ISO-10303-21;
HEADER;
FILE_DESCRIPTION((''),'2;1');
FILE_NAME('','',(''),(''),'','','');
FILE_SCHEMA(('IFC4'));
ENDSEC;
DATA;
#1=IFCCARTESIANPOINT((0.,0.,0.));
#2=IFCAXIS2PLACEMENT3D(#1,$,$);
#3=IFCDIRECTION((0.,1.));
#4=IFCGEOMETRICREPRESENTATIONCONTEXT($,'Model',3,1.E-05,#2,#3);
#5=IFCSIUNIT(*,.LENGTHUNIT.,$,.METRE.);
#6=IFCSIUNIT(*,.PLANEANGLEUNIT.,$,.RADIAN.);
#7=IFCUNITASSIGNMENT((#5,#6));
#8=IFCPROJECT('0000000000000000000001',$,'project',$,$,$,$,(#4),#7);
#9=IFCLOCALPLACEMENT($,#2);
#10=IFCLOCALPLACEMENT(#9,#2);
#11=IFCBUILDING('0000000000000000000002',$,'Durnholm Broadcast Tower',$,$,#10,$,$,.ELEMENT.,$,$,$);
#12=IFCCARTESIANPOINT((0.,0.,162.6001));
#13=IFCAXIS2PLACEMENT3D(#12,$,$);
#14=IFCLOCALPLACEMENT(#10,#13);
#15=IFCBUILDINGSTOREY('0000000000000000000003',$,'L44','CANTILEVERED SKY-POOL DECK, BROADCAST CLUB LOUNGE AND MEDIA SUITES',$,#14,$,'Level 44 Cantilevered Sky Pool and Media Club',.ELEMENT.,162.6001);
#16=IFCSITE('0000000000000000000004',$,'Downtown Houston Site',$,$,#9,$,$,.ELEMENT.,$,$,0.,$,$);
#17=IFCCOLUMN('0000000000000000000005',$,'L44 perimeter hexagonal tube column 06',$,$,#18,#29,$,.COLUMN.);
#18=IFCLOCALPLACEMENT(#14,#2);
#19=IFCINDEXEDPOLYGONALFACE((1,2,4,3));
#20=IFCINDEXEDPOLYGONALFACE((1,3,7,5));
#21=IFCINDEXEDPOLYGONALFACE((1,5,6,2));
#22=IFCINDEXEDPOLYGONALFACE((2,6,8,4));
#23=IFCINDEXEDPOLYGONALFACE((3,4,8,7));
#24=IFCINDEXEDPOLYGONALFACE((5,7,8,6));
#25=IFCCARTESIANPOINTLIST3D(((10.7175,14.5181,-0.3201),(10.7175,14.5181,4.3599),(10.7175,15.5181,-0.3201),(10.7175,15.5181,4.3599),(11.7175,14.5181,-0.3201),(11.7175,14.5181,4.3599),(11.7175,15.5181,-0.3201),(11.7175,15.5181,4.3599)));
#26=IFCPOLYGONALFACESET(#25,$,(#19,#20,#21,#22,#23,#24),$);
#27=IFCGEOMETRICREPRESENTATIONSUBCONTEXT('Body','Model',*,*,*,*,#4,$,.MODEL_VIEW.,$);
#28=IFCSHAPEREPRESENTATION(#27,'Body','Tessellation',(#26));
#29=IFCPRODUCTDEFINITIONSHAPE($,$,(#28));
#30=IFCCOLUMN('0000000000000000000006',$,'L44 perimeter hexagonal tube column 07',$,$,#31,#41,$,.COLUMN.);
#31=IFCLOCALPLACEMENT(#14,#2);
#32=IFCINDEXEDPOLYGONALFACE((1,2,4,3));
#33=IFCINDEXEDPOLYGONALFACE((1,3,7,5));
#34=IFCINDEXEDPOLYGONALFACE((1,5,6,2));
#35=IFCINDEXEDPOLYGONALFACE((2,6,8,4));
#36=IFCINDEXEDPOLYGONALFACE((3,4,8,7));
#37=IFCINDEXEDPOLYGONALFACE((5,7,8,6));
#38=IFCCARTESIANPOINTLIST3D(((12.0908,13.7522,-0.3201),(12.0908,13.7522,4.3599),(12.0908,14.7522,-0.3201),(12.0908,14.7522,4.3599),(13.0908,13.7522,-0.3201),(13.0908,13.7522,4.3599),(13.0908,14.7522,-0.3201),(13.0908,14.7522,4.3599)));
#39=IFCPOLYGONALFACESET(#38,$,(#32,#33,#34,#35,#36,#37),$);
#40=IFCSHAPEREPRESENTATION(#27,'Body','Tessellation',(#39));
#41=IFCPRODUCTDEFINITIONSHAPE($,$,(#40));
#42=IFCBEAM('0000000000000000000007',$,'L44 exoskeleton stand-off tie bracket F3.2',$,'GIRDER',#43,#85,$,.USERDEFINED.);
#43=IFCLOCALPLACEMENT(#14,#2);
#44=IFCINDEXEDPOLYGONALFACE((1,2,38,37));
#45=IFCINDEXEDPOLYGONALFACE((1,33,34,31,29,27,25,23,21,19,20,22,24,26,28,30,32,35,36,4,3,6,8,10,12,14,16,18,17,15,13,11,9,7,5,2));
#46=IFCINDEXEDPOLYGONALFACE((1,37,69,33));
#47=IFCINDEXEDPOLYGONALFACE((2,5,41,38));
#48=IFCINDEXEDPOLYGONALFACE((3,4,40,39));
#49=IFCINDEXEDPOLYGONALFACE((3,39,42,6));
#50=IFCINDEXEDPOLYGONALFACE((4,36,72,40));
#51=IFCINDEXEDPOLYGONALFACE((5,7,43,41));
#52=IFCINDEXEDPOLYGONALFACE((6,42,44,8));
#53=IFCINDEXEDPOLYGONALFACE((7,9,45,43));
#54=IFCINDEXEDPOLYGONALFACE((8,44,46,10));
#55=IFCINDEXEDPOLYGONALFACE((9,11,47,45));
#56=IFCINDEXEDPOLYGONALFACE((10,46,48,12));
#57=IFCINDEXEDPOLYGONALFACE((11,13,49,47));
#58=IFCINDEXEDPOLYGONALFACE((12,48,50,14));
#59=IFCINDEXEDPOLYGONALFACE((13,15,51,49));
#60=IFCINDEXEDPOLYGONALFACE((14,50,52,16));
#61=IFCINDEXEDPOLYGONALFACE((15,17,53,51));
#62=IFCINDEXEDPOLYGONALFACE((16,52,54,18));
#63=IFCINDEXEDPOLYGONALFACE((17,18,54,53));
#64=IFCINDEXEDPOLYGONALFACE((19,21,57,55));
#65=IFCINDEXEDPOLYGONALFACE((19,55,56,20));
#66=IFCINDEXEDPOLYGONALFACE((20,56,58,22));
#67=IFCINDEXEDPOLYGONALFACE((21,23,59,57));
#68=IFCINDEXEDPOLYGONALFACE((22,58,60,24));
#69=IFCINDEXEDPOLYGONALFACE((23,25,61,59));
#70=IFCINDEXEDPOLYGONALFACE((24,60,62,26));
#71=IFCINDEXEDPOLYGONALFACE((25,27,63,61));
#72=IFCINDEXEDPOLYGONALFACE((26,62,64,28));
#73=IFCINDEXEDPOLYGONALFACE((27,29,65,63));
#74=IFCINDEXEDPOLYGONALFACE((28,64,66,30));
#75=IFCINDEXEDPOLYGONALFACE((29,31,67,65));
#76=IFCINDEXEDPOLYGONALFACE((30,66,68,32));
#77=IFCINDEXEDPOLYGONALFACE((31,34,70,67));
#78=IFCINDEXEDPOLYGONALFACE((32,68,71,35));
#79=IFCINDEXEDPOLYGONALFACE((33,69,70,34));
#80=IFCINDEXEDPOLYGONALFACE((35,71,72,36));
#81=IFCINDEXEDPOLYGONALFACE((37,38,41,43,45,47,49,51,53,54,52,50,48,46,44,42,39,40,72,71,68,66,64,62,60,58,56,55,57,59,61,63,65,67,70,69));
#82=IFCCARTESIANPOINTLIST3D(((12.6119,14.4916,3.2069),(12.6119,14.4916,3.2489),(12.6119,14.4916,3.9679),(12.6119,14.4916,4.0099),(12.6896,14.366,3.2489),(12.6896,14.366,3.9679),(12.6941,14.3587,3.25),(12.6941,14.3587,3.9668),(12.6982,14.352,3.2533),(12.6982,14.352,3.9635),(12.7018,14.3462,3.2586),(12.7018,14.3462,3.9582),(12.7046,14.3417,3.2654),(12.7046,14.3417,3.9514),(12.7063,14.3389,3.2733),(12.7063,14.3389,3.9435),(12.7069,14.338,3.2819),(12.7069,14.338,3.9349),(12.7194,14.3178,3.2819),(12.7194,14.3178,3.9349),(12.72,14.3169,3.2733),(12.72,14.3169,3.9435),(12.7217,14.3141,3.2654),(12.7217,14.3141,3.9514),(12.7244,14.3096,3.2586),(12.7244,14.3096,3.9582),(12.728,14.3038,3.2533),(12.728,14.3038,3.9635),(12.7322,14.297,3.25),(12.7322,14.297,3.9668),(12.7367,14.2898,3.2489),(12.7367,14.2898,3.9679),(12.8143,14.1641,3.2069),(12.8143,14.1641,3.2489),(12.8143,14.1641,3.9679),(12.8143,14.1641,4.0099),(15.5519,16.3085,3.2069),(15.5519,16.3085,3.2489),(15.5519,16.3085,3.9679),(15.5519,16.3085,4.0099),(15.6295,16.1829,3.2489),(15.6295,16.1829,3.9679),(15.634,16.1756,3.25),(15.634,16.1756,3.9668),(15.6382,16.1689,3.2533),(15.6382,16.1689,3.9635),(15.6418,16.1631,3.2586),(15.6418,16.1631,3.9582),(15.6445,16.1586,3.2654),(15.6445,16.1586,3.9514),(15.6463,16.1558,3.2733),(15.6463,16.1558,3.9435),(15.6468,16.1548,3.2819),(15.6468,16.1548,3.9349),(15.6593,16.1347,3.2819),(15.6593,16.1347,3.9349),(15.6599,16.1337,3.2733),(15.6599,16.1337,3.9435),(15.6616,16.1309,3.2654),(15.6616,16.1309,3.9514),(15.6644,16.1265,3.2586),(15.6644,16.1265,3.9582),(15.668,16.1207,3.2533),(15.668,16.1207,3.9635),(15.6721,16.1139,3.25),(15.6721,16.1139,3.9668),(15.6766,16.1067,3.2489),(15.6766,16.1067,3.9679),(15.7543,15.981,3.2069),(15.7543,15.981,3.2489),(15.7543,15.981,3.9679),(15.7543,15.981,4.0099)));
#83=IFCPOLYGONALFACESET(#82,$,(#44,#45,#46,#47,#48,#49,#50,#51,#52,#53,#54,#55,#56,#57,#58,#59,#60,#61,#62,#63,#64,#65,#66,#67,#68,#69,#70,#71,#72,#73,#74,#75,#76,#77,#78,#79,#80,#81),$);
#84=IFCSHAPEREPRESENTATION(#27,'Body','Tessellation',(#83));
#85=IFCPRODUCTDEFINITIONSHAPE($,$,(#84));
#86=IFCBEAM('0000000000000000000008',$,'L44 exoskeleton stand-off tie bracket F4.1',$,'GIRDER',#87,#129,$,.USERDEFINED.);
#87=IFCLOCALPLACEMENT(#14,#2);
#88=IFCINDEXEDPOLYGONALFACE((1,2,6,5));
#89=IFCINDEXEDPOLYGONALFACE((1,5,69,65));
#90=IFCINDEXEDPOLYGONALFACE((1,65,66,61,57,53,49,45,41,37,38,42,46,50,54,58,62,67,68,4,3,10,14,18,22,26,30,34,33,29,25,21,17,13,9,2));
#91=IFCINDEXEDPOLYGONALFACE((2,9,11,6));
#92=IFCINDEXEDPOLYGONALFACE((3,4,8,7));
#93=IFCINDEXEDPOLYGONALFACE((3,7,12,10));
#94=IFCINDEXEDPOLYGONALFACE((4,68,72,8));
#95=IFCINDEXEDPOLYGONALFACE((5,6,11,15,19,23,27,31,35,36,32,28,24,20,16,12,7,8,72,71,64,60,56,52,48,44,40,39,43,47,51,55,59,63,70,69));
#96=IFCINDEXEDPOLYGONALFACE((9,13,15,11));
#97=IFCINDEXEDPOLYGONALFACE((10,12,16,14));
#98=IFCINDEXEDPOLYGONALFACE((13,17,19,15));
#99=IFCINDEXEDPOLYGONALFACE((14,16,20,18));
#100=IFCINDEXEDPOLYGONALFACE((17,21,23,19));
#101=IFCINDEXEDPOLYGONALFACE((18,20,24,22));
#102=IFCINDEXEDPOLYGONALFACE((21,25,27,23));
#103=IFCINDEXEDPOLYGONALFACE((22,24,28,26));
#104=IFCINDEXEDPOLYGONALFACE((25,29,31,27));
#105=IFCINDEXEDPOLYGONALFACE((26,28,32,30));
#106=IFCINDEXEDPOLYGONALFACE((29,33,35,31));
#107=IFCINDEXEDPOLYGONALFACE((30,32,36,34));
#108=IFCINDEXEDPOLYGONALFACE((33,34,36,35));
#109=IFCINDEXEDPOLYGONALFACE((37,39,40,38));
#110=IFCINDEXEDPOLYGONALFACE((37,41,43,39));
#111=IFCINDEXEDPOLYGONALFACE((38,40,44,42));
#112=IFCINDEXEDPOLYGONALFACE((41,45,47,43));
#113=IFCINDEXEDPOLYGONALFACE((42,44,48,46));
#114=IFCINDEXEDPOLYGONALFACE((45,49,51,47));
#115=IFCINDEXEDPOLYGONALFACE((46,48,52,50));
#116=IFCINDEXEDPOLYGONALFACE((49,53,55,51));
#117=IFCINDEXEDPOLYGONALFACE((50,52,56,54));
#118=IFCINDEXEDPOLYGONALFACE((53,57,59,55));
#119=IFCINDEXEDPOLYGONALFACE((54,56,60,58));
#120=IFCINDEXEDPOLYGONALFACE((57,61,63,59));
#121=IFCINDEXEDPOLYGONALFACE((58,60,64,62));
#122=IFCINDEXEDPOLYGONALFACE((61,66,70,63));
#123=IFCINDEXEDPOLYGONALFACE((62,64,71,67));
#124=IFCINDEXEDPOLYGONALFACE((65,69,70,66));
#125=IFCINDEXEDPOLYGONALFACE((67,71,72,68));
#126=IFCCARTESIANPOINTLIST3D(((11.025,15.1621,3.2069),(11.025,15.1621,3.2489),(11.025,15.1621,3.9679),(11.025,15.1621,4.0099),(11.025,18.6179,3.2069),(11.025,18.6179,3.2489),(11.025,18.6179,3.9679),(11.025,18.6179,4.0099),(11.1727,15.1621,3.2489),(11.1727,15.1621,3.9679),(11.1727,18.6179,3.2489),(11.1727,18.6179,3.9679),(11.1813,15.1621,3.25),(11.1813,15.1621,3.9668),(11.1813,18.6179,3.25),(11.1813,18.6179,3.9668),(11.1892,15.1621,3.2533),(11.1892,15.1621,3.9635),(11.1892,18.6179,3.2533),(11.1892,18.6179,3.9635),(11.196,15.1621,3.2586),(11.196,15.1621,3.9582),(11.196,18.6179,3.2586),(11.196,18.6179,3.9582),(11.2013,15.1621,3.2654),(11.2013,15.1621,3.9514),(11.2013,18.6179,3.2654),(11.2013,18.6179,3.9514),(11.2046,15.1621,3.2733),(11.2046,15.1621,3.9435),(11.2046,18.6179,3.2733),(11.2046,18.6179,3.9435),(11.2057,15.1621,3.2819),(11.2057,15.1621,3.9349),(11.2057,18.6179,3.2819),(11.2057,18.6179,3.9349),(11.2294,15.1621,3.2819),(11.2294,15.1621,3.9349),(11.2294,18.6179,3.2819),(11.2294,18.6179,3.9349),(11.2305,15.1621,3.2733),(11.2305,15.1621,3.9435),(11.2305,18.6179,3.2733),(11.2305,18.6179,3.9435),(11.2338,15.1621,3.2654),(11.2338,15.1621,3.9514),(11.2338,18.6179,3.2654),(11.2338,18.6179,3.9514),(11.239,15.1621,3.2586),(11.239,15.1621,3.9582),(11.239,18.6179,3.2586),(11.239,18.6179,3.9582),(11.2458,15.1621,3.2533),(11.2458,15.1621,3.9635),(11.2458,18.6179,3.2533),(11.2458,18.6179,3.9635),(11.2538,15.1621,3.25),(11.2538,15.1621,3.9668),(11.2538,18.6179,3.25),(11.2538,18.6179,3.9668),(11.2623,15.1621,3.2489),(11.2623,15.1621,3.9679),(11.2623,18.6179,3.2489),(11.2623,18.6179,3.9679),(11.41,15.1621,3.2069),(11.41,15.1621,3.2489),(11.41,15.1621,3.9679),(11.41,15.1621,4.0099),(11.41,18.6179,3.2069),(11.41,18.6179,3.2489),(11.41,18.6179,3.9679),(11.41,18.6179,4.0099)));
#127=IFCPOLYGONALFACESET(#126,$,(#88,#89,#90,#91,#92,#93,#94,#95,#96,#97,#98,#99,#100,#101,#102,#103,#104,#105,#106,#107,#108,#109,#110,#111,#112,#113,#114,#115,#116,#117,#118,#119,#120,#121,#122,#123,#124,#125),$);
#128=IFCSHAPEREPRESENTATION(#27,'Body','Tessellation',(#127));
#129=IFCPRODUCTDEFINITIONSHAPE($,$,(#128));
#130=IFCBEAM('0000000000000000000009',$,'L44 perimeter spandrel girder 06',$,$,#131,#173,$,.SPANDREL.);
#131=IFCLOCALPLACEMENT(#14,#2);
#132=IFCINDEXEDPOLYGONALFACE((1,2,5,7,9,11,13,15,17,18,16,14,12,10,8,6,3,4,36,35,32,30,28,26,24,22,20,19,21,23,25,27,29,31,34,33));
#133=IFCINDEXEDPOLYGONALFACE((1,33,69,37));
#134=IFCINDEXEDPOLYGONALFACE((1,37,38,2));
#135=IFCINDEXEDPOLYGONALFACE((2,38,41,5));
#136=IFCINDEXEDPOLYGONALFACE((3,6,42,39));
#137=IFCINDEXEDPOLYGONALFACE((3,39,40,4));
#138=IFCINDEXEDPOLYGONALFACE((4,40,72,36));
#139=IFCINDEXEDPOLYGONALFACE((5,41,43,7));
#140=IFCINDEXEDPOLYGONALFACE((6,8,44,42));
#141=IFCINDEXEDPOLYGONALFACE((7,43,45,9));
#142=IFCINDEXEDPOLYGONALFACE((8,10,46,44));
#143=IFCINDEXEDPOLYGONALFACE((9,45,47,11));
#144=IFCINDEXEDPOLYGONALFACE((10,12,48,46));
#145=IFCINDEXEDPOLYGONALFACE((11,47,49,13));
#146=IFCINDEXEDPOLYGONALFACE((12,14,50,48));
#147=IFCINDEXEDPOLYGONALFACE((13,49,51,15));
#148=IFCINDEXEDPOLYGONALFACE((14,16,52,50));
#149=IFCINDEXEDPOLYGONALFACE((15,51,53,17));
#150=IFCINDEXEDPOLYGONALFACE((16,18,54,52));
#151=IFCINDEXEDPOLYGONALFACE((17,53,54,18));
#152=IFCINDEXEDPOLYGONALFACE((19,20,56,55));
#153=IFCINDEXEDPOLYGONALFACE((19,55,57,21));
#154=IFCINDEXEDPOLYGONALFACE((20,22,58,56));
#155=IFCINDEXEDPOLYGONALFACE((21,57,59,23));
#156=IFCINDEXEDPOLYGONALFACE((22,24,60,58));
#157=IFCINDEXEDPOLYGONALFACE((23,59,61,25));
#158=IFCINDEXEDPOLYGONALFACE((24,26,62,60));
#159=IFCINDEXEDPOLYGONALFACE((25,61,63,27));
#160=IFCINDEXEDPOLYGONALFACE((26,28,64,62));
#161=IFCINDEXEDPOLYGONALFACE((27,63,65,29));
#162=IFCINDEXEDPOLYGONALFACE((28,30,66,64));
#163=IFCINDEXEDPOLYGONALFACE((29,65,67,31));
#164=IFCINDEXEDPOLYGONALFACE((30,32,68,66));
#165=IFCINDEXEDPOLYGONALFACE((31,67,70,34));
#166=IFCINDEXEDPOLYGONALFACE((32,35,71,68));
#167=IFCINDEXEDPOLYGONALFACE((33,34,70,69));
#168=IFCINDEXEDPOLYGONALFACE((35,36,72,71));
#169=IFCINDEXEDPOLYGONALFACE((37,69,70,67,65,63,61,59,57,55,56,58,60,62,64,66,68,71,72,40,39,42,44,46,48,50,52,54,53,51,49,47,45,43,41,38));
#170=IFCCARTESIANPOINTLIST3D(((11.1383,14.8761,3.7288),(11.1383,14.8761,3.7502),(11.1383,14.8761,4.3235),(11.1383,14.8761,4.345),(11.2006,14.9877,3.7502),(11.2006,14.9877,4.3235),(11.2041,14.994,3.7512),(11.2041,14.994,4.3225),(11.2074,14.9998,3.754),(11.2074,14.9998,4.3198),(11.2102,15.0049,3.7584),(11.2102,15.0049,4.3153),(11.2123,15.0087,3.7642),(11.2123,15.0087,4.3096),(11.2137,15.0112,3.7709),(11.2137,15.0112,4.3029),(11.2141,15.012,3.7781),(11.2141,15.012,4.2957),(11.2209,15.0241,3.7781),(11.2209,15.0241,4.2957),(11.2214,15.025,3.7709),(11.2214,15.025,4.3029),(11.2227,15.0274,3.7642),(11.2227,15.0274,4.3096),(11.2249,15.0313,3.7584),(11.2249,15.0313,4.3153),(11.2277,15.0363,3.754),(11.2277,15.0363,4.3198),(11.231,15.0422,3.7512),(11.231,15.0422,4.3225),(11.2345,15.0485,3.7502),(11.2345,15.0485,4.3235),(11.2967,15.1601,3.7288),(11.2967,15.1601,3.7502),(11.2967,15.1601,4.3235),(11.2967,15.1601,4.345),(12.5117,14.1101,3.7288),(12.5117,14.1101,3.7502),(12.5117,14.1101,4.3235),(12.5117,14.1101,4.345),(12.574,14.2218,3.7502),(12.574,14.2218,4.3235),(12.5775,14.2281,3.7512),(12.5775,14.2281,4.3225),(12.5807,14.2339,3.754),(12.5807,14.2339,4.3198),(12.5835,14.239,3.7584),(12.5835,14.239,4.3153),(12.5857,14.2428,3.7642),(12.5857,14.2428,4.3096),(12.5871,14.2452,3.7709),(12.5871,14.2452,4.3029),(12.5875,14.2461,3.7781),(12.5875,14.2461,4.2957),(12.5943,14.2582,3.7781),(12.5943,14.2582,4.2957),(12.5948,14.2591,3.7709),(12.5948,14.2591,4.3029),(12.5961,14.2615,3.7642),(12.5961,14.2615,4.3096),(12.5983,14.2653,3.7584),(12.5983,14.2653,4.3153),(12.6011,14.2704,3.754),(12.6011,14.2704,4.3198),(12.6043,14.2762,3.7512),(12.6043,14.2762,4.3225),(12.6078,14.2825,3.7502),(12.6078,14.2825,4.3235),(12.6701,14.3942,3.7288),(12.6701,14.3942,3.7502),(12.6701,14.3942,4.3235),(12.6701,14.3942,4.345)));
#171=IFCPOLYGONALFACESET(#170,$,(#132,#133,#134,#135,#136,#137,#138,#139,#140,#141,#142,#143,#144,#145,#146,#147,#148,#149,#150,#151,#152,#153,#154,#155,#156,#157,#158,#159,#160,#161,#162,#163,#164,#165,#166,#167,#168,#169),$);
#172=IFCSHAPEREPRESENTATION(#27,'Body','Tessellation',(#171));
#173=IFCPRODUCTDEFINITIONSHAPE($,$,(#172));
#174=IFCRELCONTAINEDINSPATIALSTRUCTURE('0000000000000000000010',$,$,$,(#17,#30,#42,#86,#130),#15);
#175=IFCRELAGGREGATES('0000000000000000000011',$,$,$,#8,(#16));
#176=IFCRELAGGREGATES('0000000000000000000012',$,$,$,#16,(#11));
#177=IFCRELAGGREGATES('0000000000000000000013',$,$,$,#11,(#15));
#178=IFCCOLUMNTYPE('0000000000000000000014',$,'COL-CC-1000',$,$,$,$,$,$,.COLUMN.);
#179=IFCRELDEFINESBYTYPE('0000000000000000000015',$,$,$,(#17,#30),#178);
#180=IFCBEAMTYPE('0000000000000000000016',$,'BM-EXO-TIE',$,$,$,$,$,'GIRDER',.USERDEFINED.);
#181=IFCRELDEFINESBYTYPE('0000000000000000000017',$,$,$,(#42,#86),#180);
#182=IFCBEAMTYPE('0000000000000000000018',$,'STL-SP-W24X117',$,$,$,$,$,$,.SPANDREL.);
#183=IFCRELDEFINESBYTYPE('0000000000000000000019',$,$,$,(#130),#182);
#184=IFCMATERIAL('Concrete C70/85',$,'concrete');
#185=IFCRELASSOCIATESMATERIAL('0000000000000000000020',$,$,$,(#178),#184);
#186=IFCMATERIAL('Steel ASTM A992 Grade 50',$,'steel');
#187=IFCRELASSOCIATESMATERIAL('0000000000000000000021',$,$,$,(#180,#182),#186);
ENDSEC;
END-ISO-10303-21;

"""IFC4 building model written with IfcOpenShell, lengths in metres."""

from ifc_helpers import new_model, si_unit, direction, frame, origin, origin_2d, place, context, subcontext, project, spatial, rectangle, i_section, extrude, source, transform, mapped, material, material_profile, profile_set, type_object, type_shapes, element, save


model = new_model("IFC4")

# Units and contexts
model_context = context("Model", 3, precision=1e-05, world=origin(), true_north=direction((0.0, 1.0)))
body_context = subcontext(model_context, "Body", "Model", "MODEL_VIEW")
ifc_project = project(units=[si_unit("LENGTHUNIT", "METRE"), si_unit("PLANEANGLEUNIT", "RADIAN")], contexts=[model_context])

# Site, building, storey
site_placement = place(None, origin())
site = spatial("IfcSite", under=ifc_project, at=site_placement, Name="Downtown Houston Site", CompositionType="ELEMENT", RefElevation=0.0)
building_placement = place(site_placement, origin())
building = spatial("IfcBuilding", under=site, at=building_placement, Name="Durnholm Broadcast Tower", CompositionType="ELEMENT")
storey_placement = place(building_placement, frame((0.0, 0.0, 162.6001)))
storey = spatial("IfcBuildingStorey", under=building, at=storey_placement, Name="L44", Description="CANTILEVERED SKY-POOL DECK, BROADCAST CLUB LOUNGE AND MEDIA SUITES", LongName="Level 44 Cantilevered Sky Pool and Media Club", CompositionType="ELEMENT", Elevation=162.6001)

# Columns
ifc_material_1 = material(Name="Concrete C70/85", Category="concrete")
ifc_material_profile_1 = material_profile(ifc_material_1, rectangle(XDim=1.0, YDim=1.0, at=origin_2d()), Name="RC1000X1000")
ifc_profile_set_1 = profile_set([ifc_material_profile_1], Name="Concrete C70/85")
column_type = type_object("IfcColumnType", Name="COL-CC-1000", PredefinedType="COLUMN", material=ifc_profile_set_1)
shared_shape_1 = source(origin(), body_context, "Body", "SweptSolid", [
    extrude(rectangle(XDim=1.0, YDim=1.0, at=origin_2d()), origin(), (0.0, 0.0, 1.0), 4.6799),
])
type_shapes(column_type, [shared_shape_1])
for number, where, z_axis, x_axis, name in (
    (1, (11.2175, 15.0181, -0.3201), (0.0, 0.0, 1.0), (1.0, 0.0, 0.0), "L44 perimeter hexagonal tube column 06"),
    (2, (12.5908, 14.2522, -0.3201), (0.0, 0.0, 1.0), (1.0, 0.0, 0.0), "L44 perimeter hexagonal tube column 07"),
):
    element("IfcColumn", number, at=place(storey_placement, frame(where, z_axis=z_axis, x_axis=x_axis)), inside=storey, type_object=column_type, Name=name, PredefinedType="COLUMN", context=body_context, shape_type="MappedRepresentation", body=[
        mapped(shared_shape_1, transform((0.0, 0.0, 0.0), x_axis=(1.0, 0.0, 0.0), y_axis=(0.0, 1.0, 0.0), z_axis=(0.0, 0.0, 1.0), scale=1.0)),
    ])

# Beams
ifc_material_2 = material(Name="Steel ASTM A992 Grade 50", Category="steel")
ifc_material_profile_2 = material_profile(ifc_material_2, i_section(OverallWidth=0.385, OverallDepth=0.803, WebThickness=0.0237, FlangeThickness=0.042, FilletRadius=0.033, at=origin_2d()), Name="W30X261")
ifc_profile_set_2 = profile_set([ifc_material_profile_2], Name="Steel ASTM A992 Grade 50")
beam_type_1 = type_object("IfcBeamType", Name="BM-EXO-TIE", ElementType="GIRDER", PredefinedType="USERDEFINED", material=ifc_profile_set_2)
shared_shape_2 = source(origin(), body_context, "Body", "SweptSolid", [
    extrude(i_section(OverallWidth=0.385, OverallDepth=0.803, WebThickness=0.0237, FlangeThickness=0.042, FilletRadius=0.033, at=origin_2d()), origin(), (0.0, 0.0, 1.0), 3.4561),
])
beam_1_placement = place(storey_placement, frame((12.7131, 14.3279, 3.6084), z_axis=(0.850662, 0.525712, 0.0), x_axis=(-0.525712, 0.850662, 0.0)))
element("IfcBeam", 3, at=beam_1_placement, inside=storey, type_object=beam_type_1, Name="L44 exoskeleton stand-off tie bracket F3.2", ObjectType="GIRDER", PredefinedType="USERDEFINED", context=body_context, shape_type="MappedRepresentation", body=[
    mapped(shared_shape_2, transform((0.0, 0.0, 0.0), x_axis=(1.0, 0.0, 0.0), y_axis=(0.0, 1.0, 0.0), z_axis=(0.0, 0.0, 1.0), scale=1.0)),
])
shared_shape_3 = source(origin(), body_context, "Body", "SweptSolid", [
    extrude(i_section(OverallWidth=0.385, OverallDepth=0.803, WebThickness=0.0237, FlangeThickness=0.042, FilletRadius=0.033, at=origin_2d()), origin(), (0.0, 0.0, 1.0), 3.4558),
])
beam_2_placement = place(storey_placement, frame((11.2175, 15.1621, 3.6084), z_axis=(0.0, 1.0, 0.0), x_axis=(-1.0, 0.0, 0.0)))
element("IfcBeam", 4, at=beam_2_placement, inside=storey, type_object=beam_type_1, Name="L44 exoskeleton stand-off tie bracket F4.1", ObjectType="GIRDER", PredefinedType="USERDEFINED", context=body_context, shape_type="MappedRepresentation", body=[
    mapped(shared_shape_3, transform((0.0, 0.0, 0.0), x_axis=(1.0, 0.0, 0.0), y_axis=(0.0, 1.0, 0.0), z_axis=(0.0, 0.0, 1.0), scale=1.0)),
])
ifc_material_profile_3 = material_profile(ifc_material_2, i_section(OverallWidth=0.3252, OverallDepth=0.6162, WebThickness=0.0139, FlangeThickness=0.0215, FilletRadius=0.0278, at=origin_2d()), Name="W24X117")
ifc_profile_set_3 = profile_set([ifc_material_profile_3], Name="Steel ASTM A992 Grade 50")
beam_type_2 = type_object("IfcBeamType", Name="STL-SP-W24X117", PredefinedType="SPANDREL", material=ifc_profile_set_3)
shared_shape_4 = source(origin(), body_context, "Body", "SweptSolid", [
    extrude(i_section(OverallWidth=0.3252, OverallDepth=0.6162, WebThickness=0.0139, FlangeThickness=0.0215, FilletRadius=0.0278, at=origin_2d()), origin(), (0.0, 0.0, 1.0), 1.5725),
])
beam_3_placement = place(storey_placement, frame((11.2175, 15.0181, 4.0369), z_axis=(0.873365, -0.487066, 0.0), x_axis=(0.487066, 0.873365, 0.0)))
element("IfcBeam", 5, at=beam_3_placement, inside=storey, type_object=beam_type_2, Name="L44 perimeter spandrel girder 06", PredefinedType="SPANDREL", context=body_context, shape_type="MappedRepresentation", body=[
    mapped(shared_shape_4, transform((0.0, 0.0, 0.0), x_axis=(1.0, 0.0, 0.0), y_axis=(0.0, 1.0, 0.0), z_axis=(0.0, 0.0, 1.0), scale=1.0)),
])

save(model, "model.ifc")
